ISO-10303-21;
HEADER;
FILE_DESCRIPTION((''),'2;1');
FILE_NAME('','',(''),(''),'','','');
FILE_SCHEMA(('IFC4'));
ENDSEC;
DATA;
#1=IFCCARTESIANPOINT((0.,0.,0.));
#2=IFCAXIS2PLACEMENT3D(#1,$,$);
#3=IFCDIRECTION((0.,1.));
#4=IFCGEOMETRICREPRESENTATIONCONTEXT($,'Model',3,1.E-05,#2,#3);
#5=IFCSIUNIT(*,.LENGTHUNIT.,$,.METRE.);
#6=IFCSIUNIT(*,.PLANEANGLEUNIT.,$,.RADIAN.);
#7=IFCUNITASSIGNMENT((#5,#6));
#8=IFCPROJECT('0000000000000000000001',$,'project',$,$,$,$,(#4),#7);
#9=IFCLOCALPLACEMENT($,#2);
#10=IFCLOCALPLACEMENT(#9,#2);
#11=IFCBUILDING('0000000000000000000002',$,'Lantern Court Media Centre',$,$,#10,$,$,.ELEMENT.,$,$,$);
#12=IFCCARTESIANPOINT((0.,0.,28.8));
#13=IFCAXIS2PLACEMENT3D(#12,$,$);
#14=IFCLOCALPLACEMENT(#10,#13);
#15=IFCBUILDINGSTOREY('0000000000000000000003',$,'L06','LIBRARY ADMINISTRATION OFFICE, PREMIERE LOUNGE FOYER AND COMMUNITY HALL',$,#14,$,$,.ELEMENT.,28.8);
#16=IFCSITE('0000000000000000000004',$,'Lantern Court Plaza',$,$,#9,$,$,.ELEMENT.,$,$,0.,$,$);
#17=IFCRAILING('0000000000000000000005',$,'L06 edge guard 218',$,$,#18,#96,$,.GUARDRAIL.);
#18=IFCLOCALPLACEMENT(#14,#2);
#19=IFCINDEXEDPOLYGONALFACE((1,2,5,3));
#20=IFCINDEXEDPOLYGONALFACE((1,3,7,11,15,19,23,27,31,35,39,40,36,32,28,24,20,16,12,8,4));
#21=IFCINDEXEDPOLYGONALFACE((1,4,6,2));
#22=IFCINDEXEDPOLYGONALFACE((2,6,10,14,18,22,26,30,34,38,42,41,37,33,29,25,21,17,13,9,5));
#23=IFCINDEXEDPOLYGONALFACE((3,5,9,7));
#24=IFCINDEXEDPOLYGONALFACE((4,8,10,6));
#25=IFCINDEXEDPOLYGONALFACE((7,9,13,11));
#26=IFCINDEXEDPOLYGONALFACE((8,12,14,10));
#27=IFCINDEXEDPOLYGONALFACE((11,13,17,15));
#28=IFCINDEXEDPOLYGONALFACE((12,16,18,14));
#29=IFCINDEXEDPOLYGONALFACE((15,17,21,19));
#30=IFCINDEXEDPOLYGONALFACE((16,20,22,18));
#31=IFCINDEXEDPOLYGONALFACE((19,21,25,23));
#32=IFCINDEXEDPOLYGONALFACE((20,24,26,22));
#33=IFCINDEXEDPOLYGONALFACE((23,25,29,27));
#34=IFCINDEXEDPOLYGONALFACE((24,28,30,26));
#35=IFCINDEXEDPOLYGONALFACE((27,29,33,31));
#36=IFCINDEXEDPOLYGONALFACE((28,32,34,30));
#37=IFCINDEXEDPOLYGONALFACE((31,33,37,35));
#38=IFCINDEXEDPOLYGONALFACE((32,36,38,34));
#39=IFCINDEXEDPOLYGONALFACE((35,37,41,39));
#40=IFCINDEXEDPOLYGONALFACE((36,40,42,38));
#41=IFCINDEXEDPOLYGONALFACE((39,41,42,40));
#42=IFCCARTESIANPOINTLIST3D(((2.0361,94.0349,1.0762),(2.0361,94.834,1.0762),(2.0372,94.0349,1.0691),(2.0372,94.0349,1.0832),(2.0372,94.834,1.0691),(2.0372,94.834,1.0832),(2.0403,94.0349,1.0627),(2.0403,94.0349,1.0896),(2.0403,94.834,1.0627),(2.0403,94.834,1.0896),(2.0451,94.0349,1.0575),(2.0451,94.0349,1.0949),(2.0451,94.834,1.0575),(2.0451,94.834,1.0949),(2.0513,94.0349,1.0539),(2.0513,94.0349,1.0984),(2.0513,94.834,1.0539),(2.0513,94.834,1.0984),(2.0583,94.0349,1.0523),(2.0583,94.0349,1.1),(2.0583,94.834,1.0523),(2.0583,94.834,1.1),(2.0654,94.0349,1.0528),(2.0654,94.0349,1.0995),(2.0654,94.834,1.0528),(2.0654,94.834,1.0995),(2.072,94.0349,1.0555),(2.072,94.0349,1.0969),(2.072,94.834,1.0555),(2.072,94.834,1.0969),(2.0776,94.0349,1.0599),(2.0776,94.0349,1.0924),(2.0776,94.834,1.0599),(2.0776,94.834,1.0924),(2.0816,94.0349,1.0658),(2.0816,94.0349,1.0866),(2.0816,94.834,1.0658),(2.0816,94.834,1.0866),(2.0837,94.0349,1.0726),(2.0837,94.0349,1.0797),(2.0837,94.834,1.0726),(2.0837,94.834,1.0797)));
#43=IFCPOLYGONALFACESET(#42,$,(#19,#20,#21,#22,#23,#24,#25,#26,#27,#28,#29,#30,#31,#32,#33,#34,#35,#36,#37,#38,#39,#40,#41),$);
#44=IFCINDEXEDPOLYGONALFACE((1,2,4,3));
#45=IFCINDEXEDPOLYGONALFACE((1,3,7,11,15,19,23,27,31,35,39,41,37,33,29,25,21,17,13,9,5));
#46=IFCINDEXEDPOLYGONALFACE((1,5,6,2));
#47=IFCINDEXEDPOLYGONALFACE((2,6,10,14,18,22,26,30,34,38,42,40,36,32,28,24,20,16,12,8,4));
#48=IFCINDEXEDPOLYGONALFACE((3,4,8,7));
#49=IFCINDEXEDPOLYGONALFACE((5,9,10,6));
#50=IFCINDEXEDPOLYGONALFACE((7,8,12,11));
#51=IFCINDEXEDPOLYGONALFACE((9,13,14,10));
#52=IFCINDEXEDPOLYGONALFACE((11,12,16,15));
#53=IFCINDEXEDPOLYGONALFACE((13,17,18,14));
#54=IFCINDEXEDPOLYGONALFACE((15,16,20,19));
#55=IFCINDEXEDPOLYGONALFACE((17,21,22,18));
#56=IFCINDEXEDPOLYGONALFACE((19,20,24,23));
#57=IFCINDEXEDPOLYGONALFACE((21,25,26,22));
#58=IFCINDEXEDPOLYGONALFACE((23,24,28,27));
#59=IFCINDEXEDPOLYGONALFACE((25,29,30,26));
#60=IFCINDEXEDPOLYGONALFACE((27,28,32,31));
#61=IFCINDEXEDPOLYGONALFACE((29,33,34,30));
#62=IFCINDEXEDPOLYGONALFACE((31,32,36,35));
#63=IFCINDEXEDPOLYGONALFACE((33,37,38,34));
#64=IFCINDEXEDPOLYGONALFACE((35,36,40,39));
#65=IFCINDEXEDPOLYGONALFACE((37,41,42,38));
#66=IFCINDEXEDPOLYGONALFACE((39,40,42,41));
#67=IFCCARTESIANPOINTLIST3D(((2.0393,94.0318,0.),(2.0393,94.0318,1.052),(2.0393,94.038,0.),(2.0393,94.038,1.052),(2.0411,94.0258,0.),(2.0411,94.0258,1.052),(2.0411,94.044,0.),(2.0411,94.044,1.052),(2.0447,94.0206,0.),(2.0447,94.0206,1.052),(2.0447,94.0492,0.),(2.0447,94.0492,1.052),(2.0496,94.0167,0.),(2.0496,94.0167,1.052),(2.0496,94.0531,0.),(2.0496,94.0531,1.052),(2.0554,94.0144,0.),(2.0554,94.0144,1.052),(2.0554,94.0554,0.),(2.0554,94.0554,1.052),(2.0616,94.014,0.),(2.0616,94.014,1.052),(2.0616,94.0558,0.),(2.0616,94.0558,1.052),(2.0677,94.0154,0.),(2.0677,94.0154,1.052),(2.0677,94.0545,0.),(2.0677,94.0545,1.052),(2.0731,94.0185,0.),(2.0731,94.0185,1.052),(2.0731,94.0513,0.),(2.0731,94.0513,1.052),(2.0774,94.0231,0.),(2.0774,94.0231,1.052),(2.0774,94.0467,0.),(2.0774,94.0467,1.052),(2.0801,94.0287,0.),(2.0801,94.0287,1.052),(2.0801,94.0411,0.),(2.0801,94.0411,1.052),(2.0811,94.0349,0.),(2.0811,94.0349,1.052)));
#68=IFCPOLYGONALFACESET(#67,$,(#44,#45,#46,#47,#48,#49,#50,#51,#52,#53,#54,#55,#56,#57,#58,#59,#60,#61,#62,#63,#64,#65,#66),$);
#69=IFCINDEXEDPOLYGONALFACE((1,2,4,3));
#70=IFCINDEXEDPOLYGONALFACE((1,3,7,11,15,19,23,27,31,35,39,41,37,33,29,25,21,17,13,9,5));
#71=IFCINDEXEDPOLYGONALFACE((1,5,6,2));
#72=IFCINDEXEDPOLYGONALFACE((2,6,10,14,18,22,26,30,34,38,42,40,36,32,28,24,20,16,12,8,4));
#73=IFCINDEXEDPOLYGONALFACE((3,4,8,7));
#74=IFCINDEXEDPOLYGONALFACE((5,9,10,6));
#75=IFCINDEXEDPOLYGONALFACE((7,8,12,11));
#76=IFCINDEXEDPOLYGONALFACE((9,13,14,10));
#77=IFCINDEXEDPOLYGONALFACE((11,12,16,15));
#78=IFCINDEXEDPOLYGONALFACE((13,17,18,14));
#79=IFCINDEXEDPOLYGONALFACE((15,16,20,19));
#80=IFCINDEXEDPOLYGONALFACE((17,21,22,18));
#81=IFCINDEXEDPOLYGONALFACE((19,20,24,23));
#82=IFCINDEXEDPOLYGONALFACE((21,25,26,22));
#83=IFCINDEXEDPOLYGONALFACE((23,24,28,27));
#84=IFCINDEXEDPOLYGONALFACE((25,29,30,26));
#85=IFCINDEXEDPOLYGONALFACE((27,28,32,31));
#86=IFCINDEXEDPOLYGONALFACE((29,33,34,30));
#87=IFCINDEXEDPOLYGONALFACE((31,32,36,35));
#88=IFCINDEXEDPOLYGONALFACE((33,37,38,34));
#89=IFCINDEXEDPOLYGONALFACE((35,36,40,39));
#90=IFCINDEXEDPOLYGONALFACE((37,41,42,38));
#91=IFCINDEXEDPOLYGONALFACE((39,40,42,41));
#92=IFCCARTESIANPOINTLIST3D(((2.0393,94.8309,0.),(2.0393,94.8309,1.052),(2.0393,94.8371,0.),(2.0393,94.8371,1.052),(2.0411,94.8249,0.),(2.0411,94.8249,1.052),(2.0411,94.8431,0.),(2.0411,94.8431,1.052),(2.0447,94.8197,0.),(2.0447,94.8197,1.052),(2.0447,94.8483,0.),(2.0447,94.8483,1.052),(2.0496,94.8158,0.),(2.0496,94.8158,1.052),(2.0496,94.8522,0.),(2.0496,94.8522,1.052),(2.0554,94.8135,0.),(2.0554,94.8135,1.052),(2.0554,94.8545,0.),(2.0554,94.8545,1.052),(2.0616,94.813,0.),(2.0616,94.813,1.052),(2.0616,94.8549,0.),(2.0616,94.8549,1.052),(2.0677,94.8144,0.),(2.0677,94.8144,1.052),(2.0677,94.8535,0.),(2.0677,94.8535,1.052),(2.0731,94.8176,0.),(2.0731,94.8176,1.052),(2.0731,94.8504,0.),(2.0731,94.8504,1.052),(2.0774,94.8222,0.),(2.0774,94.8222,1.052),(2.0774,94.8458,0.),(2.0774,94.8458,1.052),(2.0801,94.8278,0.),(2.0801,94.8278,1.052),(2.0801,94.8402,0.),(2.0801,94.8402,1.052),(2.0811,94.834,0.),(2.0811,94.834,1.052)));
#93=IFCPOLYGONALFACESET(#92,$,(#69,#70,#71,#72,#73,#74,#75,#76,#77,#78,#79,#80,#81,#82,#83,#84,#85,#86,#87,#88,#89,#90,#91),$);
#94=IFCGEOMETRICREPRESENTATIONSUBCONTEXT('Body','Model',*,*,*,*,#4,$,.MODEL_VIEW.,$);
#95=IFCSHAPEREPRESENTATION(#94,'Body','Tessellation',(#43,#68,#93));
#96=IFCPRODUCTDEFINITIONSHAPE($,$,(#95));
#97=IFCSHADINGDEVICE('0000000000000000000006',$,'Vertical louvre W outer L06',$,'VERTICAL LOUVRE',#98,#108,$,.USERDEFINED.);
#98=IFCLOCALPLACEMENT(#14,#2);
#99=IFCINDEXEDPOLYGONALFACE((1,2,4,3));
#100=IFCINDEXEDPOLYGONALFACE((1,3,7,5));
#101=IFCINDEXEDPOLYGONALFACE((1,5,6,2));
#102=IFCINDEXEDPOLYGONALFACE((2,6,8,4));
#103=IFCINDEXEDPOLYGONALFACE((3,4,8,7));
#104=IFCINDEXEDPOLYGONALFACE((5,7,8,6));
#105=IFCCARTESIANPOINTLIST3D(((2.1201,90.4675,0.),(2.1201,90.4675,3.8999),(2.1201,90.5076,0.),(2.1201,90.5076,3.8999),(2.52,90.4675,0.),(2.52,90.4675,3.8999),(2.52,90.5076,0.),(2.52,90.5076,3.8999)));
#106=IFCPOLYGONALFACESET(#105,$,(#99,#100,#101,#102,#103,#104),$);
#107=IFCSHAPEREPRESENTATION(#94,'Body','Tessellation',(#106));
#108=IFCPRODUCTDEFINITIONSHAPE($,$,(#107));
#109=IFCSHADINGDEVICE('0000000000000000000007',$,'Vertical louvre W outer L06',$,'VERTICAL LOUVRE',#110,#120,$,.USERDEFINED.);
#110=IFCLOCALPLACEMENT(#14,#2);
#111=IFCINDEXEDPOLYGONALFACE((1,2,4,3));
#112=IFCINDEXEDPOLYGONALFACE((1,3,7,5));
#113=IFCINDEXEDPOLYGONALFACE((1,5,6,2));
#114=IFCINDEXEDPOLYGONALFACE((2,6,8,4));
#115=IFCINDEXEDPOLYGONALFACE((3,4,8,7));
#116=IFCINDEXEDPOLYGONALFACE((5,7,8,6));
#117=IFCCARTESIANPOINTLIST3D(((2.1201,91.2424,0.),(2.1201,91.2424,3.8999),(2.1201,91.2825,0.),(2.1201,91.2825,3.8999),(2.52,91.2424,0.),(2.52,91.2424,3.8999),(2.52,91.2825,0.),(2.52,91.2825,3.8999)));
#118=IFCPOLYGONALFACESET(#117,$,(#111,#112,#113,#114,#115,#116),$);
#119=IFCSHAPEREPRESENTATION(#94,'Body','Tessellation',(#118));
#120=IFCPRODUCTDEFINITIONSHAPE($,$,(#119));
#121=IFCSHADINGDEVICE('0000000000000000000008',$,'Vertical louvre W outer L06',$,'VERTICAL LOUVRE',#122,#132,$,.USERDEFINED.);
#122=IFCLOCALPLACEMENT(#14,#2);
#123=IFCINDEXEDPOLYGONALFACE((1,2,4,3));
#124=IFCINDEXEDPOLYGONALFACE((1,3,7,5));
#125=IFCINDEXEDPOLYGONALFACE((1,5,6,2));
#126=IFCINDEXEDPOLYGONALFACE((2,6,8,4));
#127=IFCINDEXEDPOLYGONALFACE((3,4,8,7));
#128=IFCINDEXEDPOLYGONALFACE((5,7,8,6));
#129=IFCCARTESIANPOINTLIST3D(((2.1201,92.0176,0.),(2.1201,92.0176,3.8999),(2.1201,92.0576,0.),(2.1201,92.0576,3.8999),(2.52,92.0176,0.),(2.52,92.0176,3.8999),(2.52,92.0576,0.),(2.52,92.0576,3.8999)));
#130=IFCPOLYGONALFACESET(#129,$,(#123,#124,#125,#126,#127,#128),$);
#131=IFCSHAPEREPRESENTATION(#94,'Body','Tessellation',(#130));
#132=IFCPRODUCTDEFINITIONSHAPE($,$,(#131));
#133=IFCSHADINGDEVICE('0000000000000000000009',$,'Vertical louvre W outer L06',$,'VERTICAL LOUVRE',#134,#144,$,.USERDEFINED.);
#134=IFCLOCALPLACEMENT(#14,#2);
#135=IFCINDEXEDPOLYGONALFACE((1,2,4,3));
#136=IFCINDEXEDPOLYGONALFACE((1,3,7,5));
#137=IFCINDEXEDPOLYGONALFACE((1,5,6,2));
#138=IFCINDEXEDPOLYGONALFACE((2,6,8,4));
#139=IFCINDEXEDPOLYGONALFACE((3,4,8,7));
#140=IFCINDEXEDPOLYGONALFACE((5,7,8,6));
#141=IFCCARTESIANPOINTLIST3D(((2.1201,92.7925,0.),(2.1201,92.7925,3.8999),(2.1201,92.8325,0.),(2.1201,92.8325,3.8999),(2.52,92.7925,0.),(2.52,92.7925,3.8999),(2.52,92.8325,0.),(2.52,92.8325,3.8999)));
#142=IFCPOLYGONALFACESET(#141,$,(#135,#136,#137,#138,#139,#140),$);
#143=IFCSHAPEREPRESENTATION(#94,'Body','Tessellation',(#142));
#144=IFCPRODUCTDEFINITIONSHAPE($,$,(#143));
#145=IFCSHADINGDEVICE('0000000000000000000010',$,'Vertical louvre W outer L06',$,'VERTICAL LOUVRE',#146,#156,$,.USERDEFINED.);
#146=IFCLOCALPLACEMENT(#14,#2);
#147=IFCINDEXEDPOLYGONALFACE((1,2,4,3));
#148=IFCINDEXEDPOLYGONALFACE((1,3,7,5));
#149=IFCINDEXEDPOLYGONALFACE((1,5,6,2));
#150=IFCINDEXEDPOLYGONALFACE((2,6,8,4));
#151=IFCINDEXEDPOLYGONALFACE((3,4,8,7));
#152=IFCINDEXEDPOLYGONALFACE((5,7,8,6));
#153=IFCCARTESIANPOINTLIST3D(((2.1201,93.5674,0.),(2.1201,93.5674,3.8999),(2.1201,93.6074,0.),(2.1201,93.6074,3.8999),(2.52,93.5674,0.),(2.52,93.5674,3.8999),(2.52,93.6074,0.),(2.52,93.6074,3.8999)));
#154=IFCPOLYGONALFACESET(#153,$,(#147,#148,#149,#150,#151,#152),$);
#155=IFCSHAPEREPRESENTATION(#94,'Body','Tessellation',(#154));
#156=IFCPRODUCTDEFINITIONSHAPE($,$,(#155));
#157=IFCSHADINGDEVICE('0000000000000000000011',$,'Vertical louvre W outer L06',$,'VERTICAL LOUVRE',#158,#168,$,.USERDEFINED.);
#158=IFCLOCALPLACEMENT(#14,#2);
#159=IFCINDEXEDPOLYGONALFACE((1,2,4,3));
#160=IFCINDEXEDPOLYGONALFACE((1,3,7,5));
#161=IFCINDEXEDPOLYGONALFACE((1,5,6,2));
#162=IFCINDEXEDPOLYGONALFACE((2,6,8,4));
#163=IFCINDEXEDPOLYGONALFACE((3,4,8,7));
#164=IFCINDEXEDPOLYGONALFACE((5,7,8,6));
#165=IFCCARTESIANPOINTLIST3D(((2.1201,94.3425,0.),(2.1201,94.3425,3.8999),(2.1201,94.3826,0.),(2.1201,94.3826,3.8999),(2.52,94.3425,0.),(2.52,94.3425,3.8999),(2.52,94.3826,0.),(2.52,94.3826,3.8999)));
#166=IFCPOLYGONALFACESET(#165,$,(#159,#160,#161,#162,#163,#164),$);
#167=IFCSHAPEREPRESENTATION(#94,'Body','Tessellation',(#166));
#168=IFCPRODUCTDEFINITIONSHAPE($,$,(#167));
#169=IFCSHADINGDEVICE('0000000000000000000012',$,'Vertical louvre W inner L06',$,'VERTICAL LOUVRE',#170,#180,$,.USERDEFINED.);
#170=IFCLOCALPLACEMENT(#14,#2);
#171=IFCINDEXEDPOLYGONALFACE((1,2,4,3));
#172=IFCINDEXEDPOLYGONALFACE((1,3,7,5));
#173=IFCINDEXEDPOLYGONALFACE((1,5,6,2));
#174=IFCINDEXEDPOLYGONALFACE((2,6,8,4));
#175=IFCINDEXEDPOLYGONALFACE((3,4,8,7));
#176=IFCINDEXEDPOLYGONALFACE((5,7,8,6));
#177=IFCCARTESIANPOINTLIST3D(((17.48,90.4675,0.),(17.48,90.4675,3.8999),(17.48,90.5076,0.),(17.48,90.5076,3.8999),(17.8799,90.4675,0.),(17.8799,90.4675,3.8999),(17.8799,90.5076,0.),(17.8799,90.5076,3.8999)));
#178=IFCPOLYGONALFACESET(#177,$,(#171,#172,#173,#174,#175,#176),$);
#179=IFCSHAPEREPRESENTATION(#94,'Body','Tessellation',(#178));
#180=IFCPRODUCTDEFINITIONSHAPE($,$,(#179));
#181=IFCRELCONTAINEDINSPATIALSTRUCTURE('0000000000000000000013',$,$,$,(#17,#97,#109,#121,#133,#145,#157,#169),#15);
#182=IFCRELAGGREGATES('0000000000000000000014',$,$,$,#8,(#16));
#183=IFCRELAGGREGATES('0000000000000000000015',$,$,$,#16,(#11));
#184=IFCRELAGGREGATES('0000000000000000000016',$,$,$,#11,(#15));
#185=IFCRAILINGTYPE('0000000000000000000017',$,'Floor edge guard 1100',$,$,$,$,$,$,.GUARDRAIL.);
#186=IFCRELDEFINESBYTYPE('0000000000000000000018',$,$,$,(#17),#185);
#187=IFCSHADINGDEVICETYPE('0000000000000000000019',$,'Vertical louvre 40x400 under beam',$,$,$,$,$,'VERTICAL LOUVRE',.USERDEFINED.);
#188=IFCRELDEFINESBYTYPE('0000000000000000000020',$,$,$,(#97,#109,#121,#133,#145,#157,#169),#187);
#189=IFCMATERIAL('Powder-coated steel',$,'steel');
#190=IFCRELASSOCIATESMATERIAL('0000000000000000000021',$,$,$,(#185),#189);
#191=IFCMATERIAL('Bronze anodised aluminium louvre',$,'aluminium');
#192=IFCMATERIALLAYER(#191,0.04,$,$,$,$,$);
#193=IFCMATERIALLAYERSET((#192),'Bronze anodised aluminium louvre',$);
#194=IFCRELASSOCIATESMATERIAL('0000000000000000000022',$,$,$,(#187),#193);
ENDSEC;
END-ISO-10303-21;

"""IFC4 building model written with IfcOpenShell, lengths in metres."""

from ifc_helpers import new_model, si_unit, direction, frame, origin, origin_2d, place, context, subcontext, project, spatial, rectangle, circle, extrude, material, layer, layer_set, type_object, element, save


model = new_model("IFC4")

# Units and contexts
model_context = context("Model", 3, precision=1e-05, world=origin(), true_north=direction((0.0, 1.0)))
body_context = subcontext(model_context, "Body", "Model", "MODEL_VIEW")
ifc_project = project(units=[si_unit("LENGTHUNIT", "METRE"), si_unit("PLANEANGLEUNIT", "RADIAN")], contexts=[model_context])

# Site, building, storey
site_placement = place(None, origin())
site = spatial("IfcSite", under=ifc_project, at=site_placement, Name="Lantern Court Plaza", CompositionType="ELEMENT", RefElevation=0.0)
building_placement = place(site_placement, origin())
building = spatial("IfcBuilding", under=site, at=building_placement, Name="Lantern Court Media Centre", CompositionType="ELEMENT")
storey_placement = place(building_placement, frame((0.0, 0.0, 28.8)))
storey = spatial("IfcBuildingStorey", under=building, at=storey_placement, Name="L06", Description="LIBRARY ADMINISTRATION OFFICE, PREMIERE LOUNGE FOYER AND COMMUNITY HALL", CompositionType="ELEMENT", Elevation=28.8)

# Railing
ifc_material_1 = material(Name="Powder-coated steel", Category="steel")
railing_type = type_object("IfcRailingType", Name="Floor edge guard 1100", PredefinedType="GUARDRAIL", material=ifc_material_1)
railing_1_placement = place(storey_placement, frame((2.0601, 94.0349, 0.0)))
element("IfcRailing", 1, at=railing_1_placement, inside=storey, type_object=railing_type, Name="L06 edge guard 218", PredefinedType="GUARDRAIL", context=body_context, shape_type="SweptSolid", body=[
    extrude(circle(Radius=0.0239, at=origin_2d()), frame((0.0, 0.0, 1.0762), z_axis=(0.0, 1.0, 0.0), x_axis=(-1.0, 0.0, 0.0)), (0.0, 0.0, 1.0), 0.7991),
    extrude(circle(Radius=0.021, at=origin_2d()), origin(), (0.0, 0.0, 1.0), 1.052),
    extrude(circle(Radius=0.021, at=origin_2d()), frame((0.0, 0.7991, 0.0)), (0.0, 0.0, 1.0), 1.052),
])

# Shading devices
ifc_material_2 = material(Name="Bronze anodised aluminium louvre", Category="aluminium")
ifc_layer_1 = layer(ifc_material_2, 0.04)
ifc_layer_set_1 = layer_set([ifc_layer_1], Name="Bronze anodised aluminium louvre")
shading_device_type = type_object("IfcShadingDeviceType", Name="Vertical louvre 40x400 under beam", ElementType="VERTICAL LOUVRE", PredefinedType="USERDEFINED", material=ifc_layer_set_1)
for number, where, z_axis, x_axis, name in (
    (2, (2.3201, 90.4875, 0.0), (0.0, 0.0, 1.0), (1.0, 0.0, 0.0), "Vertical louvre W outer L06"),
    (3, (2.3201, 91.2625, 0.0), (0.0, 0.0, 1.0), (1.0, 0.0, 0.0), "Vertical louvre W outer L06"),
    (4, (2.3201, 92.0376, 0.0), (0.0, 0.0, 1.0), (1.0, 0.0, 0.0), "Vertical louvre W outer L06"),
    (5, (2.3201, 92.8125, 0.0), (0.0, 0.0, 1.0), (1.0, 0.0, 0.0), "Vertical louvre W outer L06"),
    (6, (2.3201, 93.5874, 0.0), (0.0, 0.0, 1.0), (1.0, 0.0, 0.0), "Vertical louvre W outer L06"),
    (7, (2.3201, 94.3625, 0.0), (0.0, 0.0, 1.0), (1.0, 0.0, 0.0), "Vertical louvre W outer L06"),
    (8, (17.6799, 90.4875, 0.0), (0.0, 0.0, 1.0), (1.0, 0.0, 0.0), "Vertical louvre W inner L06"),
):
    element("IfcShadingDevice", number, at=place(storey_placement, frame(where, z_axis=z_axis, x_axis=x_axis)), inside=storey, type_object=shading_device_type, Name=name, ObjectType="VERTICAL LOUVRE", PredefinedType="USERDEFINED", context=body_context, shape_type="SweptSolid", body=[
        extrude(rectangle(XDim=0.3999, YDim=0.04, at=origin_2d()), origin(), (0.0, 0.0, 1.0), 3.8999),
    ])

save(model, "model.ifc")
